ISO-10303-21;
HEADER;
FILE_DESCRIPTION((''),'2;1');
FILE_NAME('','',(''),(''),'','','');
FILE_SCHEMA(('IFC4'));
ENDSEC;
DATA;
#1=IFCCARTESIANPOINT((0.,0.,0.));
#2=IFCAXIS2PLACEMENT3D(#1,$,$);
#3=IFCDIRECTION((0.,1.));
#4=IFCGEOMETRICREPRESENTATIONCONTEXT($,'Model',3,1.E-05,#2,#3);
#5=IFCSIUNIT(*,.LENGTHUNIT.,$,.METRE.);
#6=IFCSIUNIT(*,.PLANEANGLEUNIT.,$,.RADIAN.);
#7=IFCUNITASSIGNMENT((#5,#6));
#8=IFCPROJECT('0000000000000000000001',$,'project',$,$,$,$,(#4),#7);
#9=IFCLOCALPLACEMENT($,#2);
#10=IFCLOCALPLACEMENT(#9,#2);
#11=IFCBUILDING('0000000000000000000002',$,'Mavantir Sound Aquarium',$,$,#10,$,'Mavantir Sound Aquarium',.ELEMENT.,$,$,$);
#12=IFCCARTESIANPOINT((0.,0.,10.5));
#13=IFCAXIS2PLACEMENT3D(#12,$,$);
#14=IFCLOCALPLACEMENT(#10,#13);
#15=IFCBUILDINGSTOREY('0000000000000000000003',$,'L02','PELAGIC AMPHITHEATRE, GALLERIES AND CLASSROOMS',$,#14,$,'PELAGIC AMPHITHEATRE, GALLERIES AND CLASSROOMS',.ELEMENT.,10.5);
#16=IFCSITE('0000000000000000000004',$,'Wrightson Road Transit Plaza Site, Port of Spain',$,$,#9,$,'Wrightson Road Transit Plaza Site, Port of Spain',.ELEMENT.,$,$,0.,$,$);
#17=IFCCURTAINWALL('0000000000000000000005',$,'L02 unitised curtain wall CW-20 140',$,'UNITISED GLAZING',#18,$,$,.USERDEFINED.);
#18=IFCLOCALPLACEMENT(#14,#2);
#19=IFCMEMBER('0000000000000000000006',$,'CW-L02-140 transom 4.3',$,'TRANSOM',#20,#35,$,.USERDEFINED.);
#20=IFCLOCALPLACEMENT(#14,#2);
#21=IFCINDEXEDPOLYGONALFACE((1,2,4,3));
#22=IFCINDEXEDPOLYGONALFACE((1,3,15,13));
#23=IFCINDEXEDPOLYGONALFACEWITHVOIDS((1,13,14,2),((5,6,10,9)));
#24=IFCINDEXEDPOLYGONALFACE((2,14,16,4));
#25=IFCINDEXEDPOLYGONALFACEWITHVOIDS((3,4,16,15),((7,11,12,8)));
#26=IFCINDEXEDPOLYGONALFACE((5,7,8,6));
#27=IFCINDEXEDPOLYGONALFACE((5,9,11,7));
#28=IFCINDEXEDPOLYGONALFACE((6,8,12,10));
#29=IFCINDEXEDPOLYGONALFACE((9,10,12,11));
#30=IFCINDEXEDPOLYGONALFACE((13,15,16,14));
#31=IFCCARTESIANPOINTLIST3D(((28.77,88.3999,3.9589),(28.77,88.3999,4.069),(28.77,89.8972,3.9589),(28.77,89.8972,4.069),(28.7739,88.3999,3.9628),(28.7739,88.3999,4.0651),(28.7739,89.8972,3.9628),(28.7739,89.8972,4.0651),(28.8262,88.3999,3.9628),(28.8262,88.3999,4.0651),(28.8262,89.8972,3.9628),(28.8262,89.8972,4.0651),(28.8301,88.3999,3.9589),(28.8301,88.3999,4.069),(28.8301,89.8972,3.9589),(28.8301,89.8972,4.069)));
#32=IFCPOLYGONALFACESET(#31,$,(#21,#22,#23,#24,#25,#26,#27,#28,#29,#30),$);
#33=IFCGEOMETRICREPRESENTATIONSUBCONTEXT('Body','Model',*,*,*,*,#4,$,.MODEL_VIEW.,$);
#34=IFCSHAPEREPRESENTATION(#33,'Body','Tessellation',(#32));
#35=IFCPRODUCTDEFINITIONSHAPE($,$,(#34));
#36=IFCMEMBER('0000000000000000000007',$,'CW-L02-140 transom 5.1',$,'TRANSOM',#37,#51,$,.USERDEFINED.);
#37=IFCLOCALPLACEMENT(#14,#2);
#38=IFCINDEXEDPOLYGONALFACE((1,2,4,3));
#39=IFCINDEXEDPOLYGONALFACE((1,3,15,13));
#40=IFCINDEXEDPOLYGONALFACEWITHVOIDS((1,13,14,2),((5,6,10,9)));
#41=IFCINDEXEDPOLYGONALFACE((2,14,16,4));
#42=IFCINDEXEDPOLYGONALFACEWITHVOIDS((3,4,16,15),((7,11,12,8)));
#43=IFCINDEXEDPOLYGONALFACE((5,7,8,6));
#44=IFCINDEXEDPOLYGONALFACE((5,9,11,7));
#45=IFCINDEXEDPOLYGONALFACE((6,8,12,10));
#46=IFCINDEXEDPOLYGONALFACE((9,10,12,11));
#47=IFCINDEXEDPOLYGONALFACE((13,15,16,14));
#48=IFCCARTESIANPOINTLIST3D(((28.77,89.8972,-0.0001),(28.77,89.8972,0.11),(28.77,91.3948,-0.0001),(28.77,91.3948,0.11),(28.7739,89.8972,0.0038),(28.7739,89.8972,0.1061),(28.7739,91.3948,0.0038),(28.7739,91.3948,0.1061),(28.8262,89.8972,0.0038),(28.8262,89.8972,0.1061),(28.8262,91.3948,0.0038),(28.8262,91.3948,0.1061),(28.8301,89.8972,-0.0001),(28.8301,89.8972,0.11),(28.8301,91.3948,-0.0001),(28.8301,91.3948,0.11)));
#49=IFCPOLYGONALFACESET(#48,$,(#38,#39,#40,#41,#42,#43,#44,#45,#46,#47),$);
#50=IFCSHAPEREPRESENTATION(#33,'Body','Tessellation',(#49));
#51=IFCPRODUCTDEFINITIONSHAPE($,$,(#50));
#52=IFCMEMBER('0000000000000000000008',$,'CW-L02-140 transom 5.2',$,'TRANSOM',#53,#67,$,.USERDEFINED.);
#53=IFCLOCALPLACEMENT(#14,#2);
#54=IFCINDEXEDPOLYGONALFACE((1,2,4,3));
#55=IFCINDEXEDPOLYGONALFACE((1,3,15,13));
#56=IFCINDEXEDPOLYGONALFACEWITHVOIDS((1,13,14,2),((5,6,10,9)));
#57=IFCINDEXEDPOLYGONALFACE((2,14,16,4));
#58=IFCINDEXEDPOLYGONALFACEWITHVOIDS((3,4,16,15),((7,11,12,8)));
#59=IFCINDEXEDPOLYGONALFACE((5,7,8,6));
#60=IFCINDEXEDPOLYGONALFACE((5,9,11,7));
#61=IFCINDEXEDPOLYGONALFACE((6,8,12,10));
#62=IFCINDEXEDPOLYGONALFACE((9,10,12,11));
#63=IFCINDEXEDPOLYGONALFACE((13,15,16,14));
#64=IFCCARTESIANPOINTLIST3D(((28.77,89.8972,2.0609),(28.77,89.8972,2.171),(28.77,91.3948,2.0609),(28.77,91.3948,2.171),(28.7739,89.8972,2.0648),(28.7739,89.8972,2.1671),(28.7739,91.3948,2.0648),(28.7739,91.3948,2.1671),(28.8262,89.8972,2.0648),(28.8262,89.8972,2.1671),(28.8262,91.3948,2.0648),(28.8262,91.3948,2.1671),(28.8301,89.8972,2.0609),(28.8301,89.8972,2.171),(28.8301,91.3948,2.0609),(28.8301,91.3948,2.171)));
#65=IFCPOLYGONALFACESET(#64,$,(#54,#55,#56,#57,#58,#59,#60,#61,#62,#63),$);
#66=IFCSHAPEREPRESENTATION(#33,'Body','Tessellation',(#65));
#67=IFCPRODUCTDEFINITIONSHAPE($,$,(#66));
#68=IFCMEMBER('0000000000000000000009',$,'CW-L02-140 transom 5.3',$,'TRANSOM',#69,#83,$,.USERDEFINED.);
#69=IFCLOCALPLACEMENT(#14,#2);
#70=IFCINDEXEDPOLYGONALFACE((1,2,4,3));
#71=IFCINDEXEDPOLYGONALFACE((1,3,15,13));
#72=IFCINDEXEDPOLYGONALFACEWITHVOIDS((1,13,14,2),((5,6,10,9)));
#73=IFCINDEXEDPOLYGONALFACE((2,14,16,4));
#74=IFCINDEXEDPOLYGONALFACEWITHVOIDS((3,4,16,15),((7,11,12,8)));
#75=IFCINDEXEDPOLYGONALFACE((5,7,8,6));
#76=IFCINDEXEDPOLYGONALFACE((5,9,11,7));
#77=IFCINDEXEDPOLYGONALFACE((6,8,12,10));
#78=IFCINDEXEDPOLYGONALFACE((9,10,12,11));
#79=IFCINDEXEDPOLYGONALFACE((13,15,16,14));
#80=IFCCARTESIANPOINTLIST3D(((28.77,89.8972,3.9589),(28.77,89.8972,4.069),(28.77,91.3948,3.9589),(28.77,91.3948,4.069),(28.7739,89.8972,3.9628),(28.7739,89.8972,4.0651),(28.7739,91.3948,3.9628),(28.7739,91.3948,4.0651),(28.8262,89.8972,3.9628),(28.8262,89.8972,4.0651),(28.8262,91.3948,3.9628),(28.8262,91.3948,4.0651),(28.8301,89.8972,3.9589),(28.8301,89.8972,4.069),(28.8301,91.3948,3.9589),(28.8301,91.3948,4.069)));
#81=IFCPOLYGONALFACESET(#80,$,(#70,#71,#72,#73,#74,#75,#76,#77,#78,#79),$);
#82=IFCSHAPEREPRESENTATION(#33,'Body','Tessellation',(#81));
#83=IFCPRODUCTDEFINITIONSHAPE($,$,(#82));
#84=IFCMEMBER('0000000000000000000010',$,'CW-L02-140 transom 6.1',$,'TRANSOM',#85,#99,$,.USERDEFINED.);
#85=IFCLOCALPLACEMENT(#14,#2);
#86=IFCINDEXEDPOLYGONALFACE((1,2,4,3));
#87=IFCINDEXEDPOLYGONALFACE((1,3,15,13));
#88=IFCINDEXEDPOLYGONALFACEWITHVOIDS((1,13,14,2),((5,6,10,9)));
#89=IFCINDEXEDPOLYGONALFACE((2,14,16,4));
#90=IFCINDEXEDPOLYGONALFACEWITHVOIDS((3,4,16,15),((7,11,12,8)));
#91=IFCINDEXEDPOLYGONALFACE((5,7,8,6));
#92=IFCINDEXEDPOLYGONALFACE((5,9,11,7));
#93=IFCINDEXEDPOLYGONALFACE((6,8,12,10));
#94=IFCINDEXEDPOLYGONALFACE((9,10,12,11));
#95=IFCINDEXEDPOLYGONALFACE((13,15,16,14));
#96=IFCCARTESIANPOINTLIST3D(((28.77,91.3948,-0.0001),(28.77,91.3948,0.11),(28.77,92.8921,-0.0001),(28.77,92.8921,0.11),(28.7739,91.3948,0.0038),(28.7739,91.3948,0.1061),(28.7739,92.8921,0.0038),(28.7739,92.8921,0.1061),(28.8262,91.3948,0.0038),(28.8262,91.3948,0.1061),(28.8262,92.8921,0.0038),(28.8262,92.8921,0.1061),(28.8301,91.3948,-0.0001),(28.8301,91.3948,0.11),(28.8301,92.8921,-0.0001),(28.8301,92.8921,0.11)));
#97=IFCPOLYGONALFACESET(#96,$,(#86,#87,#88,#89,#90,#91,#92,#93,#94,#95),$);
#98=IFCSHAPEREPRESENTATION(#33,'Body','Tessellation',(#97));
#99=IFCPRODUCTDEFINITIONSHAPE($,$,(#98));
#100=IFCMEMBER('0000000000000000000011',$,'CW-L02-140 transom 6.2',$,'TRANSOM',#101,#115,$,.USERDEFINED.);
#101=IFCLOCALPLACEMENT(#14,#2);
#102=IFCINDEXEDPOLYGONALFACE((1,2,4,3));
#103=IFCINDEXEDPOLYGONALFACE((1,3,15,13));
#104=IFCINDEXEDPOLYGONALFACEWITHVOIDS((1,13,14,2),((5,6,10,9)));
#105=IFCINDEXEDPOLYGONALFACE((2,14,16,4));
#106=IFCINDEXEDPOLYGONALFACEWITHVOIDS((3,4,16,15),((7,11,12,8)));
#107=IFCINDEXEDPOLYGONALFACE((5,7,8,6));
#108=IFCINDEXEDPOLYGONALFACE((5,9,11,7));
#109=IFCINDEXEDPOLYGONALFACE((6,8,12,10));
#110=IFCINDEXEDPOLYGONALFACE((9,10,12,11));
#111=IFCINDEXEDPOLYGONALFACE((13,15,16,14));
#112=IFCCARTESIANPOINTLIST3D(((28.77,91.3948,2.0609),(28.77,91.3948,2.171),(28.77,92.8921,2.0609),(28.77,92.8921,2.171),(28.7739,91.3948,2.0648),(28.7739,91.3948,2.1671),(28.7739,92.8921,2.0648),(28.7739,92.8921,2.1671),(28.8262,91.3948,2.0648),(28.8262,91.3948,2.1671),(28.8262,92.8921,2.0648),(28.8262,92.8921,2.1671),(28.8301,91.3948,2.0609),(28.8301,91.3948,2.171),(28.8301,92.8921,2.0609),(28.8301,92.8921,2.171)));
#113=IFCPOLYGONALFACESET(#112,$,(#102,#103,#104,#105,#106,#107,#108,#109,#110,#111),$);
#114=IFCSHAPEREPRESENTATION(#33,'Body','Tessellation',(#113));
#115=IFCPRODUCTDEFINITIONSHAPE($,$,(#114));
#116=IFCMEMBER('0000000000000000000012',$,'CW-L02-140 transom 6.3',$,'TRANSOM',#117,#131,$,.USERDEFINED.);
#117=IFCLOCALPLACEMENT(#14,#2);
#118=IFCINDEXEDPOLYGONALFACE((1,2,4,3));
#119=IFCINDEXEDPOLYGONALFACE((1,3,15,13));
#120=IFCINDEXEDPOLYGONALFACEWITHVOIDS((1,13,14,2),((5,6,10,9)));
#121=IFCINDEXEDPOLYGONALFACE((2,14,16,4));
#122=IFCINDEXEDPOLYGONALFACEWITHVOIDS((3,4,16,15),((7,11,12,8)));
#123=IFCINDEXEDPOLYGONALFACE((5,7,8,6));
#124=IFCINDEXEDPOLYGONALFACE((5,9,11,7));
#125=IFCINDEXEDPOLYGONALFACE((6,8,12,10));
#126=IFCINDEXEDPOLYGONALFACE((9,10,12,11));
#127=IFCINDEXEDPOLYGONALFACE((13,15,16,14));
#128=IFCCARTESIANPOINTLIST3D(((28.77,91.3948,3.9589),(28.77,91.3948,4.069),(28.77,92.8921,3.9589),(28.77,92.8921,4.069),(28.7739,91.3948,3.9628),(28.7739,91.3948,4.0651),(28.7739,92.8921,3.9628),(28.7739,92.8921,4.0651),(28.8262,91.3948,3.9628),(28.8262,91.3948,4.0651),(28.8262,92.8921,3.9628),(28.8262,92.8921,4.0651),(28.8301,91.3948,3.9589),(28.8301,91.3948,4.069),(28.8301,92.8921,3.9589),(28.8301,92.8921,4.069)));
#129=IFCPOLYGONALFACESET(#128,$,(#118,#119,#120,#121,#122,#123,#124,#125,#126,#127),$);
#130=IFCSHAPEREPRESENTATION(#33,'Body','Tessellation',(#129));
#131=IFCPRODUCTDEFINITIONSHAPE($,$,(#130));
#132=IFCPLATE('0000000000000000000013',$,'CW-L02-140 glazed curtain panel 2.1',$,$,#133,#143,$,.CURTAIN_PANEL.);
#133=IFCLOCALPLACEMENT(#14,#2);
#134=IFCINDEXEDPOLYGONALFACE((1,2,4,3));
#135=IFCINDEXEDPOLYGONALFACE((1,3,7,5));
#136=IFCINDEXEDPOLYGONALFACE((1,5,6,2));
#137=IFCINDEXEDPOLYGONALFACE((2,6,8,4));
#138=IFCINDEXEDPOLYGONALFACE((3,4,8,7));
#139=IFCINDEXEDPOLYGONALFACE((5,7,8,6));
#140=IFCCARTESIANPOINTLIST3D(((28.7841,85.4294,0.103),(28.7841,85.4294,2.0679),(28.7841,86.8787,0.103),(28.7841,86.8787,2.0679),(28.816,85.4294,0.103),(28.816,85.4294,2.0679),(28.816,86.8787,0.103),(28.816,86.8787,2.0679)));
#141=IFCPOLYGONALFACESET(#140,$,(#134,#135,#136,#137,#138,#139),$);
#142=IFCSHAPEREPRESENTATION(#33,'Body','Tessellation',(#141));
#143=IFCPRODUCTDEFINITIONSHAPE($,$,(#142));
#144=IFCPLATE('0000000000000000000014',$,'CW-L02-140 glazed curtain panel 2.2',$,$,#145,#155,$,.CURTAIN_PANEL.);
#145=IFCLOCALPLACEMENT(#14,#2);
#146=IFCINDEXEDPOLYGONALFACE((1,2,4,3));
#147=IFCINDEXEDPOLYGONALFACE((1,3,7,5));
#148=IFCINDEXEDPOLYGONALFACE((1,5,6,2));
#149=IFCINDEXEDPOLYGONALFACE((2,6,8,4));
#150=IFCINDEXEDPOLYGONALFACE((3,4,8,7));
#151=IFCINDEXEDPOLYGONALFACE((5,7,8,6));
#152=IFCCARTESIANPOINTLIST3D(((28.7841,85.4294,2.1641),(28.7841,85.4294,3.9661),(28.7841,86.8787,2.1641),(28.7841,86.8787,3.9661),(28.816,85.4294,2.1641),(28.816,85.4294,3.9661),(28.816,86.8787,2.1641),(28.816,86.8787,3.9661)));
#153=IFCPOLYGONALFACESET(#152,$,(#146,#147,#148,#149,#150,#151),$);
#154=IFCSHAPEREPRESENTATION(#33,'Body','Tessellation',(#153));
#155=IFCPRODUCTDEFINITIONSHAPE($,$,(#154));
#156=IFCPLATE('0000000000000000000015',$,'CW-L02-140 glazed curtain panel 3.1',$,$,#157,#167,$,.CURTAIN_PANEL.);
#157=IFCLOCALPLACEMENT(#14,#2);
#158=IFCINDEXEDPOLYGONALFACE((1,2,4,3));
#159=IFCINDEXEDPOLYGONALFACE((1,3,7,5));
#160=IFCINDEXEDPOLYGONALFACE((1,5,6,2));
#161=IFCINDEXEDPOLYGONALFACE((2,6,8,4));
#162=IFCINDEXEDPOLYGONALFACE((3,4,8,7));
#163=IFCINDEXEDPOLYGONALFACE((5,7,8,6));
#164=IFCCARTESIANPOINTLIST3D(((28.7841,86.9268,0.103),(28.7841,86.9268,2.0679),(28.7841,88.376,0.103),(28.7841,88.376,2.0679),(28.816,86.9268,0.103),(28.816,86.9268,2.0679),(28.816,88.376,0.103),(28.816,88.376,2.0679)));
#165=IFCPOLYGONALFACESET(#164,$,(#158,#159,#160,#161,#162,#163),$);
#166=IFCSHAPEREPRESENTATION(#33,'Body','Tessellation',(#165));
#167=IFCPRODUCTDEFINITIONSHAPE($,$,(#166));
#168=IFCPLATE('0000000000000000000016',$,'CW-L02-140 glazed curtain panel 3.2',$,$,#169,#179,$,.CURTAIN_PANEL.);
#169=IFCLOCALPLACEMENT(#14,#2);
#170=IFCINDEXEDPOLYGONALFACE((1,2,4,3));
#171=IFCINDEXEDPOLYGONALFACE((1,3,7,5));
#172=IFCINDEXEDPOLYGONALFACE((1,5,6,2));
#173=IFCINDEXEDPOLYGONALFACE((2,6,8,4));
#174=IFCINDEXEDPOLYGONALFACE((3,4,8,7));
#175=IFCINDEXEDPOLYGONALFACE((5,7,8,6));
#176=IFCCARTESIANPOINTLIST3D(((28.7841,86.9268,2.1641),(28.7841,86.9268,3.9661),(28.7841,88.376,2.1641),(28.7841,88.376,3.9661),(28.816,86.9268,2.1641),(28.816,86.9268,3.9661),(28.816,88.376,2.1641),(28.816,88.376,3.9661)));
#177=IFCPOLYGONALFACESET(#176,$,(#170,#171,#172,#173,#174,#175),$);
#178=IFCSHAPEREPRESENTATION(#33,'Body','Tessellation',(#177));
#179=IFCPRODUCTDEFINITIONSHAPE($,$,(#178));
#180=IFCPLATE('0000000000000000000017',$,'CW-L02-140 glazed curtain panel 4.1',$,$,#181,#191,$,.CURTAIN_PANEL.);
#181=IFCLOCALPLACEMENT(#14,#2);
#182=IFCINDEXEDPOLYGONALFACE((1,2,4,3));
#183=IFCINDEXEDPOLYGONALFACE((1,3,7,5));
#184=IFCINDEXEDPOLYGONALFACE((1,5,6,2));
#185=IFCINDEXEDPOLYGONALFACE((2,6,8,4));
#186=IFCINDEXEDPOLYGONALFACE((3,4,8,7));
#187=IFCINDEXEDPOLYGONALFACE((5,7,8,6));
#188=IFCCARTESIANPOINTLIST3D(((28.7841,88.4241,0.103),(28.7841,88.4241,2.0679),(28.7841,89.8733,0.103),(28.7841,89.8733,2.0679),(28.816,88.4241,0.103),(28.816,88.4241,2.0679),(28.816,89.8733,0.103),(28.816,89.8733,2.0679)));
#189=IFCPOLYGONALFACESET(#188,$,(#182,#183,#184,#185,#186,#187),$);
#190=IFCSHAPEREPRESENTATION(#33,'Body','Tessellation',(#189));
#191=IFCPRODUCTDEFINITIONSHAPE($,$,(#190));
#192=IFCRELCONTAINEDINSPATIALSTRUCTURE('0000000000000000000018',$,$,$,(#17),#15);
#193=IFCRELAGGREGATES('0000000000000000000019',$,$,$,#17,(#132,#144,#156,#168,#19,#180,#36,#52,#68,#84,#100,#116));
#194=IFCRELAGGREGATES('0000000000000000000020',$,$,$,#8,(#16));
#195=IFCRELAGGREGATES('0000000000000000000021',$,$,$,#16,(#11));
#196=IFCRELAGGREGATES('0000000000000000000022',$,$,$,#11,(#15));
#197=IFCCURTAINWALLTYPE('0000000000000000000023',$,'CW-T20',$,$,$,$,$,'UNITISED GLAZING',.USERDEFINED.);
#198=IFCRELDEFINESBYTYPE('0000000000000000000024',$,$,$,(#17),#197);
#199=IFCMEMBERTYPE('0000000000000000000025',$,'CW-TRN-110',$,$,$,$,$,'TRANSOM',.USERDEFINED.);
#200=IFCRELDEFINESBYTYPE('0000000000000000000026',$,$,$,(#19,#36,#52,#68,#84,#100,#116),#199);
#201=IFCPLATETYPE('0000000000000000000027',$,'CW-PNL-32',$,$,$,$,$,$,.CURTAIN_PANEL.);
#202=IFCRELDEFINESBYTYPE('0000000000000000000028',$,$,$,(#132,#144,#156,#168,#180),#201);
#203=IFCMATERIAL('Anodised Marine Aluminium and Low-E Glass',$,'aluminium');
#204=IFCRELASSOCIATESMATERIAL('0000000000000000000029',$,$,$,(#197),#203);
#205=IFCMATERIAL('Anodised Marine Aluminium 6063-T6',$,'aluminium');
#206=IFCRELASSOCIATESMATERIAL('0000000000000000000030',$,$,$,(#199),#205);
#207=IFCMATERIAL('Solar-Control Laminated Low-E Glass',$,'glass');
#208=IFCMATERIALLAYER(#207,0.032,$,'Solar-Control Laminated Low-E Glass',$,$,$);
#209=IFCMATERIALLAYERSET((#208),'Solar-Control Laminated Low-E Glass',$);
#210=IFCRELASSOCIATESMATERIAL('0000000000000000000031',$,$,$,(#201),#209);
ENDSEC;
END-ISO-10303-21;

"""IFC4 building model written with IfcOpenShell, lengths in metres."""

from ifc_helpers import new_model, si_unit, direction, frame, origin, origin_2d, place, context, subcontext, project, spatial, rectangle, hollow_rectangle, extrude, material, layer, layer_set, material_profile, profile_set, type_object, element, aggregate, save


model = new_model("IFC4")

# Units and contexts
model_context = context("Model", 3, precision=1e-05, world=origin(), true_north=direction((0.0, 1.0)))
body_context = subcontext(model_context, "Body", "Model", "MODEL_VIEW")
ifc_project = project(units=[si_unit("LENGTHUNIT", "METRE"), si_unit("PLANEANGLEUNIT", "RADIAN")], contexts=[model_context])

# Site, building, storey
site_placement = place(None, origin())
site = spatial("IfcSite", under=ifc_project, at=site_placement, Name="Wrightson Road Transit Plaza Site, Port of Spain", LongName="Wrightson Road Transit Plaza Site, Port of Spain", CompositionType="ELEMENT", RefElevation=0.0)
building_placement = place(site_placement, origin())
building = spatial("IfcBuilding", under=site, at=building_placement, Name="Mavantir Sound Aquarium", LongName="Mavantir Sound Aquarium", CompositionType="ELEMENT")
storey_placement = place(building_placement, frame((0.0, 0.0, 10.5)))
storey = spatial("IfcBuildingStorey", under=building, at=storey_placement, Name="L02", Description="PELAGIC AMPHITHEATRE, GALLERIES AND CLASSROOMS", LongName="PELAGIC AMPHITHEATRE, GALLERIES AND CLASSROOMS", CompositionType="ELEMENT", Elevation=10.5)

# Curtain wall, members, plates
ifc_material_1 = material(Name="Anodised Marine Aluminium and Low-E Glass", Category="aluminium")
curtain_wall_type = type_object("IfcCurtainWallType", Name="CW-T20", ElementType="UNITISED GLAZING", PredefinedType="USERDEFINED", material=ifc_material_1)
curtain_wall_placement = place(storey_placement, origin())
curtain_wall = element("IfcCurtainWall", 1, at=curtain_wall_placement, inside=storey, type_object=curtain_wall_type, Name="L02 unitised curtain wall CW-20 140", ObjectType="UNITISED GLAZING", PredefinedType="USERDEFINED")
ifc_material_2 = material(Name="Anodised Marine Aluminium 6063-T6", Category="aluminium")
ifc_material_profile_1 = material_profile(ifc_material_2, hollow_rectangle(XDim=0.0601, YDim=0.1101, WallThickness=0.0039, at=origin_2d()), Name="ALU-TRANSOM-110X60")
ifc_profile_set_1 = profile_set([ifc_material_profile_1], Name="Anodised Marine Aluminium 6063-T6")
member_type_1 = type_object("IfcMemberType", Name="CW-TRN-110", ElementType="TRANSOM", PredefinedType="USERDEFINED", material=ifc_profile_set_1)
member_1_placement = place(storey_placement, frame((28.8, 88.3999, 4.0139), z_axis=(0.0, 1.0, 0.0), x_axis=(-1.0, 0.0, 0.0)))
member_1 = element("IfcMember", 2, at=member_1_placement, type_object=member_type_1, Name="CW-L02-140 transom 4.3", ObjectType="TRANSOM", PredefinedType="USERDEFINED", context=body_context, shape_type="SweptSolid", body=[
    extrude(hollow_rectangle(XDim=0.0601, YDim=0.1101, WallThickness=0.0039, at=origin_2d()), origin(), (0.0, 0.0, 1.0), 1.4973),
])
member_2_placement = place(storey_placement, frame((28.8, 89.8972, 0.0549), z_axis=(0.0, 1.0, 0.0), x_axis=(-1.0, 0.0, 0.0)))
member_2 = element("IfcMember", 3, at=member_2_placement, type_object=member_type_1, Name="CW-L02-140 transom 5.1", ObjectType="TRANSOM", PredefinedType="USERDEFINED", context=body_context, shape_type="SweptSolid", body=[
    extrude(hollow_rectangle(XDim=0.0601, YDim=0.1101, WallThickness=0.0039, at=origin_2d()), origin(), (0.0, 0.0, 1.0), 1.4976),
])
member_3_placement = place(storey_placement, frame((28.8, 89.8972, 2.116), z_axis=(0.0, 1.0, 0.0), x_axis=(-1.0, 0.0, 0.0)))
member_3 = element("IfcMember", 4, at=member_3_placement, type_object=member_type_1, Name="CW-L02-140 transom 5.2", ObjectType="TRANSOM", PredefinedType="USERDEFINED", context=body_context, shape_type="SweptSolid", body=[
    extrude(hollow_rectangle(XDim=0.0601, YDim=0.1101, WallThickness=0.0039, at=origin_2d()), origin(), (0.0, 0.0, 1.0), 1.4976),
])
member_4_placement = place(storey_placement, frame((28.8, 89.8972, 4.0139), z_axis=(0.0, 1.0, 0.0), x_axis=(-1.0, 0.0, 0.0)))
member_4 = element("IfcMember", 5, at=member_4_placement, type_object=member_type_1, Name="CW-L02-140 transom 5.3", ObjectType="TRANSOM", PredefinedType="USERDEFINED", context=body_context, shape_type="SweptSolid", body=[
    extrude(hollow_rectangle(XDim=0.0601, YDim=0.1101, WallThickness=0.0039, at=origin_2d()), origin(), (0.0, 0.0, 1.0), 1.4976),
])
member_5_placement = place(storey_placement, frame((28.8, 91.3948, 0.0549), z_axis=(0.0, 1.0, 0.0), x_axis=(-1.0, 0.0, 0.0)))
member_5 = element("IfcMember", 6, at=member_5_placement, type_object=member_type_1, Name="CW-L02-140 transom 6.1", ObjectType="TRANSOM", PredefinedType="USERDEFINED", context=body_context, shape_type="SweptSolid", body=[
    extrude(hollow_rectangle(XDim=0.0601, YDim=0.1101, WallThickness=0.0039, at=origin_2d()), origin(), (0.0, 0.0, 1.0), 1.4973),
])
member_6_placement = place(storey_placement, frame((28.8, 91.3948, 2.116), z_axis=(0.0, 1.0, 0.0), x_axis=(-1.0, 0.0, 0.0)))
member_6 = element("IfcMember", 7, at=member_6_placement, type_object=member_type_1, Name="CW-L02-140 transom 6.2", ObjectType="TRANSOM", PredefinedType="USERDEFINED", context=body_context, shape_type="SweptSolid", body=[
    extrude(hollow_rectangle(XDim=0.0601, YDim=0.1101, WallThickness=0.0039, at=origin_2d()), origin(), (0.0, 0.0, 1.0), 1.4973),
])
member_7_placement = place(storey_placement, frame((28.8, 91.3948, 4.0139), z_axis=(0.0, 1.0, 0.0), x_axis=(-1.0, 0.0, 0.0)))
member_7 = element("IfcMember", 8, at=member_7_placement, type_object=member_type_1, Name="CW-L02-140 transom 6.3", ObjectType="TRANSOM", PredefinedType="USERDEFINED", context=body_context, shape_type="SweptSolid", body=[
    extrude(hollow_rectangle(XDim=0.0601, YDim=0.1101, WallThickness=0.0039, at=origin_2d()), origin(), (0.0, 0.0, 1.0), 1.4973),
])
ifc_material_3 = material(Name="Solar-Control Laminated Low-E Glass", Category="glass")
ifc_layer = layer(ifc_material_3, 0.032, Name="Solar-Control Laminated Low-E Glass")
ifc_layer_set = layer_set([ifc_layer], Name="Solar-Control Laminated Low-E Glass")
plate_type = type_object("IfcPlateType", Name="CW-PNL-32", PredefinedType="CURTAIN_PANEL", material=ifc_layer_set)
plate_1_placement = place(storey_placement, frame((28.8, 86.1541, 0.103), z_axis=(0.0, 0.0, 1.0), x_axis=(0.0, 1.0, 0.0)))
plate_1 = element("IfcPlate", 9, at=plate_1_placement, type_object=plate_type, Name="CW-L02-140 glazed curtain panel 2.1", PredefinedType="CURTAIN_PANEL", context=body_context, shape_type="SweptSolid", body=[
    extrude(rectangle(XDim=1.4492, YDim=0.032, at=origin_2d()), origin(), (0.0, 0.0, 1.0), 1.9648),
])
plate_2_placement = place(storey_placement, frame((28.8, 86.1541, 2.1641), z_axis=(0.0, 0.0, 1.0), x_axis=(0.0, 1.0, 0.0)))
plate_2 = element("IfcPlate", 10, at=plate_2_placement, type_object=plate_type, Name="CW-L02-140 glazed curtain panel 2.2", PredefinedType="CURTAIN_PANEL", context=body_context, shape_type="SweptSolid", body=[
    extrude(rectangle(XDim=1.4492, YDim=0.032, at=origin_2d()), origin(), (0.0, 0.0, 1.0), 1.802),
])
plate_3_placement = place(storey_placement, frame((28.8, 87.6514, 0.103), z_axis=(0.0, 0.0, 1.0), x_axis=(0.0, 1.0, 0.0)))
plate_3 = element("IfcPlate", 11, at=plate_3_placement, type_object=plate_type, Name="CW-L02-140 glazed curtain panel 3.1", PredefinedType="CURTAIN_PANEL", context=body_context, shape_type="SweptSolid", body=[
    extrude(rectangle(XDim=1.4492, YDim=0.032, at=origin_2d()), origin(), (0.0, 0.0, 1.0), 1.9648),
])
plate_4_placement = place(storey_placement, frame((28.8, 87.6514, 2.1641), z_axis=(0.0, 0.0, 1.0), x_axis=(0.0, 1.0, 0.0)))
plate_4 = element("IfcPlate", 12, at=plate_4_placement, type_object=plate_type, Name="CW-L02-140 glazed curtain panel 3.2", PredefinedType="CURTAIN_PANEL", context=body_context, shape_type="SweptSolid", body=[
    extrude(rectangle(XDim=1.4492, YDim=0.032, at=origin_2d()), origin(), (0.0, 0.0, 1.0), 1.802),
])
plate_5_placement = place(storey_placement, frame((28.8, 89.1487, 0.103), z_axis=(0.0, 0.0, 1.0), x_axis=(0.0, 1.0, 0.0)))
plate_5 = element("IfcPlate", 13, at=plate_5_placement, type_object=plate_type, Name="CW-L02-140 glazed curtain panel 4.1", PredefinedType="CURTAIN_PANEL", context=body_context, shape_type="SweptSolid", body=[
    extrude(rectangle(XDim=1.4492, YDim=0.032, at=origin_2d()), origin(), (0.0, 0.0, 1.0), 1.9648),
])
aggregate(curtain_wall, [plate_1, plate_2, plate_3, plate_4, member_1, plate_5, member_2, member_3, member_4, member_5, member_6, member_7])

save(model, "model.ifc")
